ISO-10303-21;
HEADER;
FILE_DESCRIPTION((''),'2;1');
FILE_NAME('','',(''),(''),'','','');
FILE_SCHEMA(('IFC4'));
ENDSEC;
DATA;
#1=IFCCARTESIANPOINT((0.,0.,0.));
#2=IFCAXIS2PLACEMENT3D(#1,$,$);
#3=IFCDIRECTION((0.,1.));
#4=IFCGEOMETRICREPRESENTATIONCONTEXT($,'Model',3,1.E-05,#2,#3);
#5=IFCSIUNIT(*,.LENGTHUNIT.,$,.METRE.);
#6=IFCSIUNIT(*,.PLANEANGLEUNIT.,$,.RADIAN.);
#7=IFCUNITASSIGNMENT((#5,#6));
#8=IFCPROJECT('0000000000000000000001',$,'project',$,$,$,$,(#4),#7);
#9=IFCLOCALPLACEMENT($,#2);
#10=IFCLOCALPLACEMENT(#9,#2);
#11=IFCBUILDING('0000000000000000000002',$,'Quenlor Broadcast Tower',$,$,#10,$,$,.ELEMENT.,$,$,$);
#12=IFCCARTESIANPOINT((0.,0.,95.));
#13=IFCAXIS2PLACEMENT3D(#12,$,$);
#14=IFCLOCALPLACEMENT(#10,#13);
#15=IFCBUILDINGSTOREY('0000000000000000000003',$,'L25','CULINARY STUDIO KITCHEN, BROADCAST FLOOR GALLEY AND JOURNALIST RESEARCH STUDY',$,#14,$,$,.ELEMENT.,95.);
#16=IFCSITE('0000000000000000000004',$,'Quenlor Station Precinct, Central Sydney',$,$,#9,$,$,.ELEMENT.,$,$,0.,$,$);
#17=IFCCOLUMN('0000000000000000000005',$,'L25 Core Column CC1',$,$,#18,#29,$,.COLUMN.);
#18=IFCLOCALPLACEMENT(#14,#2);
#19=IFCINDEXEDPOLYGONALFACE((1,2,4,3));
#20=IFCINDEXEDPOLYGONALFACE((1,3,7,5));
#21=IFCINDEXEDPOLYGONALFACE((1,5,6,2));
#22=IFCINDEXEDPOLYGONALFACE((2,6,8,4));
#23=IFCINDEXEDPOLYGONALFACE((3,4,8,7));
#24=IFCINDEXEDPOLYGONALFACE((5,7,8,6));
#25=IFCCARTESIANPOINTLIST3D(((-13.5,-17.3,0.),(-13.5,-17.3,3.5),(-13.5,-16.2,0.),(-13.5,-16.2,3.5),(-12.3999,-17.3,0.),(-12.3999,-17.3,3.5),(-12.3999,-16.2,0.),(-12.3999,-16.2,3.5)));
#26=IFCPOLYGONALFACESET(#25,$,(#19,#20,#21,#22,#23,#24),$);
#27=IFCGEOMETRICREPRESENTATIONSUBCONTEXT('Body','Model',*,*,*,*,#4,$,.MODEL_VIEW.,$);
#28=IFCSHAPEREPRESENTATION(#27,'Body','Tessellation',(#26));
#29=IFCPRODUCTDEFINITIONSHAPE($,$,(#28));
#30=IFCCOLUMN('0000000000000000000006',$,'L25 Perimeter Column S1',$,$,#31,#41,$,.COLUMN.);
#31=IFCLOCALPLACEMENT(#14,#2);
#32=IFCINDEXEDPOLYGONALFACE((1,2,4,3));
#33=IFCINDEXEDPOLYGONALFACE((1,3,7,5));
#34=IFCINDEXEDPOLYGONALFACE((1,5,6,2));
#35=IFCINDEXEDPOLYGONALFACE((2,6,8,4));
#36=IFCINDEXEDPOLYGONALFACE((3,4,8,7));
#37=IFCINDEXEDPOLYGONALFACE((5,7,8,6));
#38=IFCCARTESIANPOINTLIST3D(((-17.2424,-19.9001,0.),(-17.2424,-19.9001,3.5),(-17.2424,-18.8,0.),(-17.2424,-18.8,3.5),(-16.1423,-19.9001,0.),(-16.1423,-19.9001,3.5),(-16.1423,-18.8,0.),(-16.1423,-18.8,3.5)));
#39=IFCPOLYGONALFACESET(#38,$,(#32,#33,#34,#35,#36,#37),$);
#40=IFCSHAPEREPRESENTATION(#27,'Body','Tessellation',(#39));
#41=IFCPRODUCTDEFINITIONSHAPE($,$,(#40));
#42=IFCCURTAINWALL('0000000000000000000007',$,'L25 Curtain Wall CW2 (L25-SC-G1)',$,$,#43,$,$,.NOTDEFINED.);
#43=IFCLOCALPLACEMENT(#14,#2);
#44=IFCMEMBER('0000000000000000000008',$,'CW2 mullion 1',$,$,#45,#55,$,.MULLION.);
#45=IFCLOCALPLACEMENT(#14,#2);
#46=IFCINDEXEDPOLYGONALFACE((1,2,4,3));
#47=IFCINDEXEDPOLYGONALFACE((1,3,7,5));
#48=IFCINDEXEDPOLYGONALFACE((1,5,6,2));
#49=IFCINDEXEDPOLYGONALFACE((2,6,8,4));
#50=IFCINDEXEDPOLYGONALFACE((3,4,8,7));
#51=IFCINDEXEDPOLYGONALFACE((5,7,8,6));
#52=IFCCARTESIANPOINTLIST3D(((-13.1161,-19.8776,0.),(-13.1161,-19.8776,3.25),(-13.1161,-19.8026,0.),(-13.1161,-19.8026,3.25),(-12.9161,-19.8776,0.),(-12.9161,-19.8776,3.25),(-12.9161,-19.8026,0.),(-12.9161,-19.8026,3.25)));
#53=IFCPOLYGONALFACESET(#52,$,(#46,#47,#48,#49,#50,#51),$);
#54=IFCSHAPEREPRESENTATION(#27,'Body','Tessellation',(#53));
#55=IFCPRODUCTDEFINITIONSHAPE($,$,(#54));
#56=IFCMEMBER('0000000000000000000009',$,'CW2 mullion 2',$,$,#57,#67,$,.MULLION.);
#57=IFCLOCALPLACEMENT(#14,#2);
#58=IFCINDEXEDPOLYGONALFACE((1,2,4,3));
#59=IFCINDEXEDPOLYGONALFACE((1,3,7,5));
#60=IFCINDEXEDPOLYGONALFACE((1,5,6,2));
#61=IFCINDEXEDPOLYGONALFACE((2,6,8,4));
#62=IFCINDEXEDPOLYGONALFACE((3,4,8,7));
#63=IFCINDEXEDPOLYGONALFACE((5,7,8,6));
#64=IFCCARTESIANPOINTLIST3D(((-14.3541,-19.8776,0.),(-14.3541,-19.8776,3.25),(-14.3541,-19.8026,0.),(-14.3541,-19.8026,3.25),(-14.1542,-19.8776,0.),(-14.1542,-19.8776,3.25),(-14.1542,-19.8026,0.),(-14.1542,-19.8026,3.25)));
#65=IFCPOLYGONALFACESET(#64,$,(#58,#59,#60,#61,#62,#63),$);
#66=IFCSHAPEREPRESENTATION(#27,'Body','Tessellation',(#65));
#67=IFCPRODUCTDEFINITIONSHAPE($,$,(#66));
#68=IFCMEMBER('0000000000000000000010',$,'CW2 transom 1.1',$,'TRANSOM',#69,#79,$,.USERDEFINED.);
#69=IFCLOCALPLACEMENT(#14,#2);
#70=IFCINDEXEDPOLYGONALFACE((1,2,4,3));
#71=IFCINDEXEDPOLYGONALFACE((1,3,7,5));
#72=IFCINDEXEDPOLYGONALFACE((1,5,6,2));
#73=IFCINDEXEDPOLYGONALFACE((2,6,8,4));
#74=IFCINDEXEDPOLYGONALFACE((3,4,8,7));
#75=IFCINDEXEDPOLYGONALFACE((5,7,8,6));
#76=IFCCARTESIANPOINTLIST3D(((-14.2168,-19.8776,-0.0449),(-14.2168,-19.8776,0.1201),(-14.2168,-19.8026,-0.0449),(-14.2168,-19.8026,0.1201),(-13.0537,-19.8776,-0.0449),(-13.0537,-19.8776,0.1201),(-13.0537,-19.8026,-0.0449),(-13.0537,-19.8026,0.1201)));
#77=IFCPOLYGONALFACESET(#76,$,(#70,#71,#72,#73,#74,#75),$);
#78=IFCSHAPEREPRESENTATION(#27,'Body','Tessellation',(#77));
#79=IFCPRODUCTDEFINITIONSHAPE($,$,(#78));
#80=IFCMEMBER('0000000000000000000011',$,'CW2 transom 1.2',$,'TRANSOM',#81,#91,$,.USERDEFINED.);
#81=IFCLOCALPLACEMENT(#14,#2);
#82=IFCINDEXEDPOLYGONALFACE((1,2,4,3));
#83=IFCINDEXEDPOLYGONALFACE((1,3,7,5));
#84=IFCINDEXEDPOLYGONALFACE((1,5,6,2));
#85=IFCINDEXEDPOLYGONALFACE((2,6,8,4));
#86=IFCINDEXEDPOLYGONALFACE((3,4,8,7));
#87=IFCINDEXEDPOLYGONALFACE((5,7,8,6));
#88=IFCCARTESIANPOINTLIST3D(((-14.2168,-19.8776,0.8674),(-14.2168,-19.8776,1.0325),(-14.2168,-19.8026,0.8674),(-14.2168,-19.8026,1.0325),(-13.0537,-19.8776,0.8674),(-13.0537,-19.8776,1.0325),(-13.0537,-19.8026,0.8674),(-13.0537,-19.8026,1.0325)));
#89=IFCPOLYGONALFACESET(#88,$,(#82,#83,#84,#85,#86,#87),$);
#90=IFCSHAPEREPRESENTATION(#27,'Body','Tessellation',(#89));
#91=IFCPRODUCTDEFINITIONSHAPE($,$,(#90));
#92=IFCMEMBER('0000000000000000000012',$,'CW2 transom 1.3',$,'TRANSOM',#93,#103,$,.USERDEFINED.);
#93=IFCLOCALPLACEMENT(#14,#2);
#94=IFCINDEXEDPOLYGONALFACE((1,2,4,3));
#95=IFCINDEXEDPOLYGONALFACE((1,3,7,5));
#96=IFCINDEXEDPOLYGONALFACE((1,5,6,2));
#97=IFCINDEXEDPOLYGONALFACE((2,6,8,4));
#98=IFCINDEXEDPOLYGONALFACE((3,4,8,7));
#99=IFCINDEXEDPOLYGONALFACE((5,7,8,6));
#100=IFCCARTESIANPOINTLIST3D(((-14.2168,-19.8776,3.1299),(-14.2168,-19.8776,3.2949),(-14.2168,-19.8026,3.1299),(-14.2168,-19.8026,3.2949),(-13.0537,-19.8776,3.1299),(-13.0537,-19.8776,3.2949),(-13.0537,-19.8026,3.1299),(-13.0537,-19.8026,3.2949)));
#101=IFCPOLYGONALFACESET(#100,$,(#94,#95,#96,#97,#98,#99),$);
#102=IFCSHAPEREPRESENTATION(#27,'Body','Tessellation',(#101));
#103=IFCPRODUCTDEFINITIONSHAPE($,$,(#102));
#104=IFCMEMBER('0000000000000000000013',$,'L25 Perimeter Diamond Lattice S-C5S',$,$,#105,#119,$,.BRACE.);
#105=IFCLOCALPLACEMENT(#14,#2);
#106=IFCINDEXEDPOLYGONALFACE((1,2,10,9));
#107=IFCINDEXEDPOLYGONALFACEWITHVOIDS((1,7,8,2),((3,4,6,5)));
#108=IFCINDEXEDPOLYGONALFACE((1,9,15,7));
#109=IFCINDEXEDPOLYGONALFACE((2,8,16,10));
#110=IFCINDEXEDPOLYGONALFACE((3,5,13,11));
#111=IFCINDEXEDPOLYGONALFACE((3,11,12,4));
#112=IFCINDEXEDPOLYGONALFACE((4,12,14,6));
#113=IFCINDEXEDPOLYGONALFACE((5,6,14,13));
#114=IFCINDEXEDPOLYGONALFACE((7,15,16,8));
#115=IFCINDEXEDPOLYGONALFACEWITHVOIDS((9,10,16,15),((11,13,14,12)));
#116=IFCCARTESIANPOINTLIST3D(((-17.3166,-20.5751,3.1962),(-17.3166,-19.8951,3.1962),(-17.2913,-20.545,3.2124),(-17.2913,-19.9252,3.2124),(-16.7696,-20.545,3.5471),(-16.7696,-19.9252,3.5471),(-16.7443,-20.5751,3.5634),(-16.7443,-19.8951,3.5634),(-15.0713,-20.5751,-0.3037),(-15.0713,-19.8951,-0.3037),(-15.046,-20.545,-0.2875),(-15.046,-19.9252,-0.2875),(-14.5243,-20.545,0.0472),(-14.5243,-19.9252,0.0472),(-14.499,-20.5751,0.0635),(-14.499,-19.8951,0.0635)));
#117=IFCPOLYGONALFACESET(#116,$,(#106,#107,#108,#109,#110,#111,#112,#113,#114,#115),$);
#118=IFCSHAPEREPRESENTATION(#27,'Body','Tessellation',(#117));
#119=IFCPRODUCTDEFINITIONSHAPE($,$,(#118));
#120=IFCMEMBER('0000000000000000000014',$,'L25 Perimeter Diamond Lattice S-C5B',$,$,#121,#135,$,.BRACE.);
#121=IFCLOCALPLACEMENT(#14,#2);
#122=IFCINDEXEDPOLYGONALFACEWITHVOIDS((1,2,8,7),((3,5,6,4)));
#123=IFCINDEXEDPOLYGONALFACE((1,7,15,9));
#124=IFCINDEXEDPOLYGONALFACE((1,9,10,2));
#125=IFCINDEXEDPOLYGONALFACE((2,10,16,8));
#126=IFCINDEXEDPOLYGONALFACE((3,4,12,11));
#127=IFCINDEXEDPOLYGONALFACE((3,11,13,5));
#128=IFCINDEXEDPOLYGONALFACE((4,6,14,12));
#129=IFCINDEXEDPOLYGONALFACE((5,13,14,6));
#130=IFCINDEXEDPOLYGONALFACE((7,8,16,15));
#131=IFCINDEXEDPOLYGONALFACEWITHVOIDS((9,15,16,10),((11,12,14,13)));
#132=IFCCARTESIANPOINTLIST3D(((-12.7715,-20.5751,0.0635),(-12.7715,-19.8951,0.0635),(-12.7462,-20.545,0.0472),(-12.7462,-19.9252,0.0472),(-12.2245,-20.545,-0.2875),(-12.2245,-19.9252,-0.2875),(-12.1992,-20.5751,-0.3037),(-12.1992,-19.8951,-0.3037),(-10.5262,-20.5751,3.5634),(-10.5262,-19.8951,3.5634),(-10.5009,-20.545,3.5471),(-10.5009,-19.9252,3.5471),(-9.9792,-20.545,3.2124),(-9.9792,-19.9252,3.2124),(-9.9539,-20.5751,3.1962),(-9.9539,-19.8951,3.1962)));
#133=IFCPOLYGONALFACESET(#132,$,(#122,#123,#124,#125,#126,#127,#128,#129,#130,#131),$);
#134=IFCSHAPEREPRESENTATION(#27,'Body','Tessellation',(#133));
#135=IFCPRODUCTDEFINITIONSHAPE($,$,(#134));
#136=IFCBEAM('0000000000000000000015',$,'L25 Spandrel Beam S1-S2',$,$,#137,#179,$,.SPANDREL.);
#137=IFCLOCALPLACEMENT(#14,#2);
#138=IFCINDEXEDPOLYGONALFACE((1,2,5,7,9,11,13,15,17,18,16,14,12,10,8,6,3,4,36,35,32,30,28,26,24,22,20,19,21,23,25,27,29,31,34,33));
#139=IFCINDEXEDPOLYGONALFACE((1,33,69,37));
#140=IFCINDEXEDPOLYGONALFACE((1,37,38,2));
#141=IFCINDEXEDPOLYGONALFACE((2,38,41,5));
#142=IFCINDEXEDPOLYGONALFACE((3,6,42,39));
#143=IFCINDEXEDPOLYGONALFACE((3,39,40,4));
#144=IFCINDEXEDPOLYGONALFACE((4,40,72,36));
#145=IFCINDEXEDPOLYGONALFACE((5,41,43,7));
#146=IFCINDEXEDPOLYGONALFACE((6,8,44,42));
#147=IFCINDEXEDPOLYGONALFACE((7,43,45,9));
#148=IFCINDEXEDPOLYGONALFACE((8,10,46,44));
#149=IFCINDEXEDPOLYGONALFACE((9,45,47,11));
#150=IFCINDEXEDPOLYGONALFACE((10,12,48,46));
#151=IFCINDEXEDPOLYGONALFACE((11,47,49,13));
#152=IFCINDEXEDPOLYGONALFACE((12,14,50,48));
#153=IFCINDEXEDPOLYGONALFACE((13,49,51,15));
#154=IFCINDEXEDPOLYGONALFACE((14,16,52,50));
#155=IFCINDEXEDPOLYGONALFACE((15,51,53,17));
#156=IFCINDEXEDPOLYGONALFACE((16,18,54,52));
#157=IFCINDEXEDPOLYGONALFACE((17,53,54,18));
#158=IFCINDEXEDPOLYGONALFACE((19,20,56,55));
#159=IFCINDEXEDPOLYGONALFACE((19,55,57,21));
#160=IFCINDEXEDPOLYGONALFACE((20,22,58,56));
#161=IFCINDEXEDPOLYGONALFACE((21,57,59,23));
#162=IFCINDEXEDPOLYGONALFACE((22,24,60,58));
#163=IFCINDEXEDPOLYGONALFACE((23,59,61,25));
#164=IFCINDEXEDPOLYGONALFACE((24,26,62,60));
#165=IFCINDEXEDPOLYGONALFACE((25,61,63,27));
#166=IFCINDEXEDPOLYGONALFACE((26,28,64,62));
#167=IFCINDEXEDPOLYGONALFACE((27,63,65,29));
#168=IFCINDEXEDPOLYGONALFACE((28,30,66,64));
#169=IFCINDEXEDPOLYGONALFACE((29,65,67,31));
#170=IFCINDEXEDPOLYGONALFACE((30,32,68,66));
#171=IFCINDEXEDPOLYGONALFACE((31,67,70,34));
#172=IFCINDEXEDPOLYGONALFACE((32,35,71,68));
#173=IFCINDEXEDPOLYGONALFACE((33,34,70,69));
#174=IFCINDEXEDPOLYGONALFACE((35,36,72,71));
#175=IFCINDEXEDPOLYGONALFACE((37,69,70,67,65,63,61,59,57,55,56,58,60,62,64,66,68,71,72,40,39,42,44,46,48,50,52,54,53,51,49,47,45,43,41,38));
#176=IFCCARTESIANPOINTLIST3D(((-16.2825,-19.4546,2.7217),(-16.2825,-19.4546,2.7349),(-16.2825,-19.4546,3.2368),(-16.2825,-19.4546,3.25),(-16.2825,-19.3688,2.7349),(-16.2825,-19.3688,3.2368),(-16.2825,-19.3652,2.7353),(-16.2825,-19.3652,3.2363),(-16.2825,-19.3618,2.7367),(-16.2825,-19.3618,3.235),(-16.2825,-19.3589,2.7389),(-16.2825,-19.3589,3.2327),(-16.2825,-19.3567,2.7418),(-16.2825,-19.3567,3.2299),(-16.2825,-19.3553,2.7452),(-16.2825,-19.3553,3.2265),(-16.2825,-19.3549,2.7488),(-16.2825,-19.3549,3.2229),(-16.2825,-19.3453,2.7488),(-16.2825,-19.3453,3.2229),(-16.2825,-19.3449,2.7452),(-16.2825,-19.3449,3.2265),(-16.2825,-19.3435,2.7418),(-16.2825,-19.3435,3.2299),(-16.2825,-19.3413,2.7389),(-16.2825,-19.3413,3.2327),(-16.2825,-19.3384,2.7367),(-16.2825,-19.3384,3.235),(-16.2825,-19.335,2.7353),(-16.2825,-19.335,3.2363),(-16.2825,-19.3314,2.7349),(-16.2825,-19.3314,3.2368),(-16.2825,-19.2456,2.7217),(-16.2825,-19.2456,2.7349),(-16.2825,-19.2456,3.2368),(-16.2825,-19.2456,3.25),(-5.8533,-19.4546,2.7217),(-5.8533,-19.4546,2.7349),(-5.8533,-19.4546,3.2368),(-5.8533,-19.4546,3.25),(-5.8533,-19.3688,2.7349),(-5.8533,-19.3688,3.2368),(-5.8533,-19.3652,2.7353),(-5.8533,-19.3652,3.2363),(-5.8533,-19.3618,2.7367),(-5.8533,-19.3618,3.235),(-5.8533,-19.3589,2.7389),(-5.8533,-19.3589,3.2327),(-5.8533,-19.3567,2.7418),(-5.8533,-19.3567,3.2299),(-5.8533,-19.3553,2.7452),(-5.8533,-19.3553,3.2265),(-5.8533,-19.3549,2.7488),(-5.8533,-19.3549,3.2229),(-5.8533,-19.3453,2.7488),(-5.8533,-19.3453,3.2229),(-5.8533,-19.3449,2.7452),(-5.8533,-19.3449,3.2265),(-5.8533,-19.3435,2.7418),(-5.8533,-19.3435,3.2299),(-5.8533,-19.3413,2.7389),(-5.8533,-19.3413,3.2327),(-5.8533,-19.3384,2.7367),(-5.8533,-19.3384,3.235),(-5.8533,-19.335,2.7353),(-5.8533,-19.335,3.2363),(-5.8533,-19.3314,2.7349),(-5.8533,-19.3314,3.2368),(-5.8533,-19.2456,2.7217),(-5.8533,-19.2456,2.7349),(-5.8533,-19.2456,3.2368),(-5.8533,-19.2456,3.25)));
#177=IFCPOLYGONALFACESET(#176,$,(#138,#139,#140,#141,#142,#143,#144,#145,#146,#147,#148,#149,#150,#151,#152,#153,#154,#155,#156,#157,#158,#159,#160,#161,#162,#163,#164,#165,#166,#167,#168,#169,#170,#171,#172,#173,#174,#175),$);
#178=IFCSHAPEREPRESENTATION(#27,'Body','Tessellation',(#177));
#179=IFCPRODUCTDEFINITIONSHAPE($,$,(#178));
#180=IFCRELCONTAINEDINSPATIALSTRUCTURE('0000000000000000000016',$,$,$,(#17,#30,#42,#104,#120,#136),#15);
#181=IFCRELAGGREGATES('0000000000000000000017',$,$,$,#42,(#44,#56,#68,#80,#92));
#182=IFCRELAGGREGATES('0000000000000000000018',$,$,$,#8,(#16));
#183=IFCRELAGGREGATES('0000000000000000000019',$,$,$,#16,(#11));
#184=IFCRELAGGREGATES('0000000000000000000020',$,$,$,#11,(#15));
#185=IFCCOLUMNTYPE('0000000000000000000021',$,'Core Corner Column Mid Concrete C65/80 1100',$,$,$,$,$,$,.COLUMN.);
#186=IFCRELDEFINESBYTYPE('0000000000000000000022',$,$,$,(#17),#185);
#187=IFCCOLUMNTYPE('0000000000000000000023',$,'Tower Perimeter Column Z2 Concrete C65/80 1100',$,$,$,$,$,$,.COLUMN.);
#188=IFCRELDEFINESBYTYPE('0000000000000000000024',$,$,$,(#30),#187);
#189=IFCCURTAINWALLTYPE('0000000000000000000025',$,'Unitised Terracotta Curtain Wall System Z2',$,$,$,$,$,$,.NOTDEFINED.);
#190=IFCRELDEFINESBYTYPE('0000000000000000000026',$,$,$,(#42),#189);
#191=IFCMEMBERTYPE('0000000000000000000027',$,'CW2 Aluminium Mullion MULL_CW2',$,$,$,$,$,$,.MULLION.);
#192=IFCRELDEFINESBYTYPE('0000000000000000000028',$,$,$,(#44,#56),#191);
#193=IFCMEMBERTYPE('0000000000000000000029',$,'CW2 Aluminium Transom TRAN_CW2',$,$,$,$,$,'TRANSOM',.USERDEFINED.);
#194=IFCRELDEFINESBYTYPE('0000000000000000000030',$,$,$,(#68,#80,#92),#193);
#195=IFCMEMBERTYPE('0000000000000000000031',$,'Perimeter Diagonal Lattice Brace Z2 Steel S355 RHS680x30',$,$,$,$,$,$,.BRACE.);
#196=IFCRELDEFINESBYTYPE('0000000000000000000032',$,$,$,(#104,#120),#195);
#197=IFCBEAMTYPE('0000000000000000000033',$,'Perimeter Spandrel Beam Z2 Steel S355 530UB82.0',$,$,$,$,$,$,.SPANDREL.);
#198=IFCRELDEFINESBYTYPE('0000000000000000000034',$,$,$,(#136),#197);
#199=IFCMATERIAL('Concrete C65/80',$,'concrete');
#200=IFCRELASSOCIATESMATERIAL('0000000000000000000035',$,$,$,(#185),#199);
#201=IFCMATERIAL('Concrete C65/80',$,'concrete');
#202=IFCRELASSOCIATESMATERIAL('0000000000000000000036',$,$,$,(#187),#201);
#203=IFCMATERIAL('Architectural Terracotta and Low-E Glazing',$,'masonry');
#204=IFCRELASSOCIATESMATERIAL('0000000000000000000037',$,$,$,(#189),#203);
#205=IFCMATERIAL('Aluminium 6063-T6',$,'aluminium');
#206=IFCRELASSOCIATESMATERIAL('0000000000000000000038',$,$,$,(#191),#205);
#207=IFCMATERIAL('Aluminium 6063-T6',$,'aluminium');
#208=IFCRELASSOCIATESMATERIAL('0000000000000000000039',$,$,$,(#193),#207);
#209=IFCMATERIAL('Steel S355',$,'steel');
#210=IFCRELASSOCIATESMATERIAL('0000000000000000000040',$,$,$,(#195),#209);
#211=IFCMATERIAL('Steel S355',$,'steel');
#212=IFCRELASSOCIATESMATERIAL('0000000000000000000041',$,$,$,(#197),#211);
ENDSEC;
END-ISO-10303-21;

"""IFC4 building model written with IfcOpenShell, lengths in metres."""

from ifc_helpers import new_model, si_unit, direction, frame, origin, origin_2d, place, context, subcontext, project, spatial, rectangle, hollow_rectangle, i_section, extrude, material, material_profile, profile_set, type_object, element, aggregate, save


model = new_model("IFC4")

# Units and contexts
model_context = context("Model", 3, precision=1e-05, world=origin(), true_north=direction((0.0, 1.0)))
body_context = subcontext(model_context, "Body", "Model", "MODEL_VIEW")
ifc_project = project(units=[si_unit("LENGTHUNIT", "METRE"), si_unit("PLANEANGLEUNIT", "RADIAN")], contexts=[model_context])

# Site, building, storey
site_placement = place(None, origin())
site = spatial("IfcSite", under=ifc_project, at=site_placement, Name="Quenlor Station Precinct, Central Sydney", CompositionType="ELEMENT", RefElevation=0.0)
building_placement = place(site_placement, origin())
building = spatial("IfcBuilding", under=site, at=building_placement, Name="Quenlor Broadcast Tower", CompositionType="ELEMENT")
storey_placement = place(building_placement, frame((0.0, 0.0, 95.0)))
storey = spatial("IfcBuildingStorey", under=building, at=storey_placement, Name="L25", Description="CULINARY STUDIO KITCHEN, BROADCAST FLOOR GALLEY AND JOURNALIST RESEARCH STUDY", CompositionType="ELEMENT", Elevation=95.0)

# Columns
ifc_material_1 = material(Name="Concrete C65/80", Category="concrete")
ifc_material_profile_1 = material_profile(ifc_material_1, rectangle(XDim=1.1001, YDim=1.1001, at=origin_2d()))
ifc_profile_set_1 = profile_set([ifc_material_profile_1], Name="Concrete C65/80 RC1100x1100")
column_type_1 = type_object("IfcColumnType", Name="Core Corner Column Mid Concrete C65/80 1100", PredefinedType="COLUMN", material=ifc_profile_set_1)
column_1_placement = place(storey_placement, frame((-12.95, -16.75, 0.0), z_axis=(0.0, 0.0, 1.0), x_axis=(1.0, 0.0, 0.0)))
element("IfcColumn", 1, at=column_1_placement, inside=storey, type_object=column_type_1, Name="L25 Core Column CC1", PredefinedType="COLUMN", context=body_context, shape_type="SweptSolid", body=[
    extrude(rectangle(XDim=1.1001, YDim=1.1001, at=origin_2d()), origin(), (0.0, 0.0, 1.0), 3.5),
])
ifc_material_2 = material(Name="Concrete C65/80", Category="concrete")
ifc_material_profile_2 = material_profile(ifc_material_2, rectangle(XDim=1.1001, YDim=1.1001, at=origin_2d()))
ifc_profile_set_2 = profile_set([ifc_material_profile_2], Name="Concrete C65/80 RC1100x1100")
column_type_2 = type_object("IfcColumnType", Name="Tower Perimeter Column Z2 Concrete C65/80 1100", PredefinedType="COLUMN", material=ifc_profile_set_2)
column_2_placement = place(storey_placement, frame((-16.6924, -19.3501, 0.0), z_axis=(0.0, 0.0, 1.0), x_axis=(0.0, 1.0, 0.0)))
element("IfcColumn", 2, at=column_2_placement, inside=storey, type_object=column_type_2, Name="L25 Perimeter Column S1", PredefinedType="COLUMN", context=body_context, shape_type="SweptSolid", body=[
    extrude(rectangle(XDim=1.1001, YDim=1.1001, at=origin_2d()), origin(), (0.0, 0.0, 1.0), 3.5),
])

# Curtain wall, members
ifc_material_3 = material(Name="Architectural Terracotta and Low-E Glazing", Category="masonry")
curtain_wall_type = type_object("IfcCurtainWallType", Name="Unitised Terracotta Curtain Wall System Z2", PredefinedType="NOTDEFINED", material=ifc_material_3)
curtain_wall_placement = place(storey_placement, origin())
curtain_wall = element("IfcCurtainWall", 3, at=curtain_wall_placement, inside=storey, type_object=curtain_wall_type, Name="L25 Curtain Wall CW2 (L25-SC-G1)", PredefinedType="NOTDEFINED")
ifc_material_4 = material(Name="Aluminium 6063-T6", Category="aluminium")
ifc_material_profile_3 = material_profile(ifc_material_4, rectangle(XDim=0.075, YDim=0.2, at=origin_2d()))
ifc_profile_set_3 = profile_set([ifc_material_profile_3], Name="Aluminium 6063-T6 MULL75x200")
member_type_1 = type_object("IfcMemberType", Name="CW2 Aluminium Mullion MULL_CW2", PredefinedType="MULLION", material=ifc_profile_set_3)
member_1_placement = place(storey_placement, frame((-13.0161, -19.8401, 0.0), z_axis=(0.0, 0.0, 1.0), x_axis=(0.0, -1.0, 0.0)))
member_1 = element("IfcMember", 4, at=member_1_placement, type_object=member_type_1, Name="CW2 mullion 1", PredefinedType="MULLION", context=body_context, shape_type="SweptSolid", body=[
    extrude(rectangle(XDim=0.075, YDim=0.2, at=origin_2d()), origin(), (0.0, 0.0, 1.0), 3.25),
])
member_2_placement = place(storey_placement, frame((-14.2542, -19.8401, 0.0), z_axis=(0.0, 0.0, 1.0), x_axis=(0.0, -1.0, 0.0)))
member_2 = element("IfcMember", 5, at=member_2_placement, type_object=member_type_1, Name="CW2 mullion 2", PredefinedType="MULLION", context=body_context, shape_type="SweptSolid", body=[
    extrude(rectangle(XDim=0.075, YDim=0.2, at=origin_2d()), origin(), (0.0, 0.0, 1.0), 3.25),
])
ifc_material_5 = material(Name="Aluminium 6063-T6", Category="aluminium")
ifc_material_profile_4 = material_profile(ifc_material_5, rectangle(XDim=0.075, YDim=0.165, at=origin_2d()))
ifc_profile_set_4 = profile_set([ifc_material_profile_4], Name="Aluminium 6063-T6 TRAN75x165")
member_type_2 = type_object("IfcMemberType", Name="CW2 Aluminium Transom TRAN_CW2", ElementType="TRANSOM", PredefinedType="USERDEFINED", material=ifc_profile_set_4)
member_3_placement = place(storey_placement, frame((-13.0537, -19.8401, 0.0376), z_axis=(-1.0, 0.0, 0.0), x_axis=(0.0, -1.0, 0.0)))
member_3 = element("IfcMember", 6, at=member_3_placement, type_object=member_type_2, Name="CW2 transom 1.1", ObjectType="TRANSOM", PredefinedType="USERDEFINED", context=body_context, shape_type="SweptSolid", body=[
    extrude(rectangle(XDim=0.075, YDim=0.165, at=origin_2d()), origin(), (0.0, 0.0, 1.0), 1.1631),
])
member_4_placement = place(storey_placement, frame((-13.0537, -19.8401, 0.95), z_axis=(-1.0, 0.0, 0.0), x_axis=(0.0, -1.0, 0.0)))
member_4 = element("IfcMember", 7, at=member_4_placement, type_object=member_type_2, Name="CW2 transom 1.2", ObjectType="TRANSOM", PredefinedType="USERDEFINED", context=body_context, shape_type="SweptSolid", body=[
    extrude(rectangle(XDim=0.075, YDim=0.165, at=origin_2d()), origin(), (0.0, 0.0, 1.0), 1.1631),
])
member_5_placement = place(storey_placement, frame((-13.0537, -19.8401, 3.2124), z_axis=(-1.0, 0.0, 0.0), x_axis=(0.0, -1.0, 0.0)))
member_5 = element("IfcMember", 8, at=member_5_placement, type_object=member_type_2, Name="CW2 transom 1.3", ObjectType="TRANSOM", PredefinedType="USERDEFINED", context=body_context, shape_type="SweptSolid", body=[
    extrude(rectangle(XDim=0.075, YDim=0.165, at=origin_2d()), origin(), (0.0, 0.0, 1.0), 1.1631),
])

# Members
ifc_material_6 = material(Name="Steel S355", Category="steel")
ifc_material_profile_5 = material_profile(ifc_material_6, hollow_rectangle(XDim=0.6799, YDim=0.6799, WallThickness=0.03, at=origin_2d()))
ifc_profile_set_5 = profile_set([ifc_material_profile_5], Name="Steel S355 RHS680x680x30")
member_type_3 = type_object("IfcMemberType", Name="Perimeter Diagonal Lattice Brace Z2 Steel S355 RHS680x30", PredefinedType="BRACE", material=ifc_profile_set_5)
for number, where, z_axis, x_axis, name in (
    (9, (-14.7852, -20.2351, -0.1201), (-0.539968, 0.0, 0.841686), (0.0, -1.0, 0.0), "L25 Perimeter Diamond Lattice S-C5S"),
    (10, (-12.4854, -20.2351, -0.1201), (0.539968, 0.0, 0.841686), (0.0, 1.0, 0.0), "L25 Perimeter Diamond Lattice S-C5B"),
):
    element("IfcMember", number, at=place(storey_placement, frame(where, z_axis=z_axis, x_axis=x_axis)), inside=storey, type_object=member_type_3, Name=name, PredefinedType="BRACE", context=body_context, shape_type="SweptSolid", body=[
        extrude(hollow_rectangle(XDim=0.6799, YDim=0.6799, WallThickness=0.03, at=origin_2d()), origin(), (0.0, 0.0, 1.0), 4.1582),
    ])

# Beam
ifc_material_7 = material(Name="Steel S355", Category="steel")
ifc_material_profile_6 = material_profile(ifc_material_7, i_section(OverallWidth=0.209, OverallDepth=0.5283, WebThickness=0.0095, FlangeThickness=0.0132, FilletRadius=0.0139, at=origin_2d()))
ifc_profile_set_6 = profile_set([ifc_material_profile_6], Name="Steel S355 530UB82.0")
beam_type_1 = type_object("IfcBeamType", Name="Perimeter Spandrel Beam Z2 Steel S355 530UB82.0", PredefinedType="SPANDREL", material=ifc_profile_set_6)
beam_1_placement = place(storey_placement, frame((-16.2825, -19.3501, 2.9858), z_axis=(1.0, 0.0, 0.0), x_axis=(0.0, 1.0, 0.0)))
element("IfcBeam", 11, at=beam_1_placement, inside=storey, type_object=beam_type_1, Name="L25 Spandrel Beam S1-S2", PredefinedType="SPANDREL", context=body_context, shape_type="SweptSolid", body=[
    extrude(i_section(OverallWidth=0.209, OverallDepth=0.5283, WebThickness=0.0095, FlangeThickness=0.0132, FilletRadius=0.0139, at=origin_2d()), origin(), (0.0, 0.0, 1.0), 10.4292),
])

aggregate(curtain_wall, [member_1, member_2, member_3, member_4, member_5])

save(model, "model.ifc")
